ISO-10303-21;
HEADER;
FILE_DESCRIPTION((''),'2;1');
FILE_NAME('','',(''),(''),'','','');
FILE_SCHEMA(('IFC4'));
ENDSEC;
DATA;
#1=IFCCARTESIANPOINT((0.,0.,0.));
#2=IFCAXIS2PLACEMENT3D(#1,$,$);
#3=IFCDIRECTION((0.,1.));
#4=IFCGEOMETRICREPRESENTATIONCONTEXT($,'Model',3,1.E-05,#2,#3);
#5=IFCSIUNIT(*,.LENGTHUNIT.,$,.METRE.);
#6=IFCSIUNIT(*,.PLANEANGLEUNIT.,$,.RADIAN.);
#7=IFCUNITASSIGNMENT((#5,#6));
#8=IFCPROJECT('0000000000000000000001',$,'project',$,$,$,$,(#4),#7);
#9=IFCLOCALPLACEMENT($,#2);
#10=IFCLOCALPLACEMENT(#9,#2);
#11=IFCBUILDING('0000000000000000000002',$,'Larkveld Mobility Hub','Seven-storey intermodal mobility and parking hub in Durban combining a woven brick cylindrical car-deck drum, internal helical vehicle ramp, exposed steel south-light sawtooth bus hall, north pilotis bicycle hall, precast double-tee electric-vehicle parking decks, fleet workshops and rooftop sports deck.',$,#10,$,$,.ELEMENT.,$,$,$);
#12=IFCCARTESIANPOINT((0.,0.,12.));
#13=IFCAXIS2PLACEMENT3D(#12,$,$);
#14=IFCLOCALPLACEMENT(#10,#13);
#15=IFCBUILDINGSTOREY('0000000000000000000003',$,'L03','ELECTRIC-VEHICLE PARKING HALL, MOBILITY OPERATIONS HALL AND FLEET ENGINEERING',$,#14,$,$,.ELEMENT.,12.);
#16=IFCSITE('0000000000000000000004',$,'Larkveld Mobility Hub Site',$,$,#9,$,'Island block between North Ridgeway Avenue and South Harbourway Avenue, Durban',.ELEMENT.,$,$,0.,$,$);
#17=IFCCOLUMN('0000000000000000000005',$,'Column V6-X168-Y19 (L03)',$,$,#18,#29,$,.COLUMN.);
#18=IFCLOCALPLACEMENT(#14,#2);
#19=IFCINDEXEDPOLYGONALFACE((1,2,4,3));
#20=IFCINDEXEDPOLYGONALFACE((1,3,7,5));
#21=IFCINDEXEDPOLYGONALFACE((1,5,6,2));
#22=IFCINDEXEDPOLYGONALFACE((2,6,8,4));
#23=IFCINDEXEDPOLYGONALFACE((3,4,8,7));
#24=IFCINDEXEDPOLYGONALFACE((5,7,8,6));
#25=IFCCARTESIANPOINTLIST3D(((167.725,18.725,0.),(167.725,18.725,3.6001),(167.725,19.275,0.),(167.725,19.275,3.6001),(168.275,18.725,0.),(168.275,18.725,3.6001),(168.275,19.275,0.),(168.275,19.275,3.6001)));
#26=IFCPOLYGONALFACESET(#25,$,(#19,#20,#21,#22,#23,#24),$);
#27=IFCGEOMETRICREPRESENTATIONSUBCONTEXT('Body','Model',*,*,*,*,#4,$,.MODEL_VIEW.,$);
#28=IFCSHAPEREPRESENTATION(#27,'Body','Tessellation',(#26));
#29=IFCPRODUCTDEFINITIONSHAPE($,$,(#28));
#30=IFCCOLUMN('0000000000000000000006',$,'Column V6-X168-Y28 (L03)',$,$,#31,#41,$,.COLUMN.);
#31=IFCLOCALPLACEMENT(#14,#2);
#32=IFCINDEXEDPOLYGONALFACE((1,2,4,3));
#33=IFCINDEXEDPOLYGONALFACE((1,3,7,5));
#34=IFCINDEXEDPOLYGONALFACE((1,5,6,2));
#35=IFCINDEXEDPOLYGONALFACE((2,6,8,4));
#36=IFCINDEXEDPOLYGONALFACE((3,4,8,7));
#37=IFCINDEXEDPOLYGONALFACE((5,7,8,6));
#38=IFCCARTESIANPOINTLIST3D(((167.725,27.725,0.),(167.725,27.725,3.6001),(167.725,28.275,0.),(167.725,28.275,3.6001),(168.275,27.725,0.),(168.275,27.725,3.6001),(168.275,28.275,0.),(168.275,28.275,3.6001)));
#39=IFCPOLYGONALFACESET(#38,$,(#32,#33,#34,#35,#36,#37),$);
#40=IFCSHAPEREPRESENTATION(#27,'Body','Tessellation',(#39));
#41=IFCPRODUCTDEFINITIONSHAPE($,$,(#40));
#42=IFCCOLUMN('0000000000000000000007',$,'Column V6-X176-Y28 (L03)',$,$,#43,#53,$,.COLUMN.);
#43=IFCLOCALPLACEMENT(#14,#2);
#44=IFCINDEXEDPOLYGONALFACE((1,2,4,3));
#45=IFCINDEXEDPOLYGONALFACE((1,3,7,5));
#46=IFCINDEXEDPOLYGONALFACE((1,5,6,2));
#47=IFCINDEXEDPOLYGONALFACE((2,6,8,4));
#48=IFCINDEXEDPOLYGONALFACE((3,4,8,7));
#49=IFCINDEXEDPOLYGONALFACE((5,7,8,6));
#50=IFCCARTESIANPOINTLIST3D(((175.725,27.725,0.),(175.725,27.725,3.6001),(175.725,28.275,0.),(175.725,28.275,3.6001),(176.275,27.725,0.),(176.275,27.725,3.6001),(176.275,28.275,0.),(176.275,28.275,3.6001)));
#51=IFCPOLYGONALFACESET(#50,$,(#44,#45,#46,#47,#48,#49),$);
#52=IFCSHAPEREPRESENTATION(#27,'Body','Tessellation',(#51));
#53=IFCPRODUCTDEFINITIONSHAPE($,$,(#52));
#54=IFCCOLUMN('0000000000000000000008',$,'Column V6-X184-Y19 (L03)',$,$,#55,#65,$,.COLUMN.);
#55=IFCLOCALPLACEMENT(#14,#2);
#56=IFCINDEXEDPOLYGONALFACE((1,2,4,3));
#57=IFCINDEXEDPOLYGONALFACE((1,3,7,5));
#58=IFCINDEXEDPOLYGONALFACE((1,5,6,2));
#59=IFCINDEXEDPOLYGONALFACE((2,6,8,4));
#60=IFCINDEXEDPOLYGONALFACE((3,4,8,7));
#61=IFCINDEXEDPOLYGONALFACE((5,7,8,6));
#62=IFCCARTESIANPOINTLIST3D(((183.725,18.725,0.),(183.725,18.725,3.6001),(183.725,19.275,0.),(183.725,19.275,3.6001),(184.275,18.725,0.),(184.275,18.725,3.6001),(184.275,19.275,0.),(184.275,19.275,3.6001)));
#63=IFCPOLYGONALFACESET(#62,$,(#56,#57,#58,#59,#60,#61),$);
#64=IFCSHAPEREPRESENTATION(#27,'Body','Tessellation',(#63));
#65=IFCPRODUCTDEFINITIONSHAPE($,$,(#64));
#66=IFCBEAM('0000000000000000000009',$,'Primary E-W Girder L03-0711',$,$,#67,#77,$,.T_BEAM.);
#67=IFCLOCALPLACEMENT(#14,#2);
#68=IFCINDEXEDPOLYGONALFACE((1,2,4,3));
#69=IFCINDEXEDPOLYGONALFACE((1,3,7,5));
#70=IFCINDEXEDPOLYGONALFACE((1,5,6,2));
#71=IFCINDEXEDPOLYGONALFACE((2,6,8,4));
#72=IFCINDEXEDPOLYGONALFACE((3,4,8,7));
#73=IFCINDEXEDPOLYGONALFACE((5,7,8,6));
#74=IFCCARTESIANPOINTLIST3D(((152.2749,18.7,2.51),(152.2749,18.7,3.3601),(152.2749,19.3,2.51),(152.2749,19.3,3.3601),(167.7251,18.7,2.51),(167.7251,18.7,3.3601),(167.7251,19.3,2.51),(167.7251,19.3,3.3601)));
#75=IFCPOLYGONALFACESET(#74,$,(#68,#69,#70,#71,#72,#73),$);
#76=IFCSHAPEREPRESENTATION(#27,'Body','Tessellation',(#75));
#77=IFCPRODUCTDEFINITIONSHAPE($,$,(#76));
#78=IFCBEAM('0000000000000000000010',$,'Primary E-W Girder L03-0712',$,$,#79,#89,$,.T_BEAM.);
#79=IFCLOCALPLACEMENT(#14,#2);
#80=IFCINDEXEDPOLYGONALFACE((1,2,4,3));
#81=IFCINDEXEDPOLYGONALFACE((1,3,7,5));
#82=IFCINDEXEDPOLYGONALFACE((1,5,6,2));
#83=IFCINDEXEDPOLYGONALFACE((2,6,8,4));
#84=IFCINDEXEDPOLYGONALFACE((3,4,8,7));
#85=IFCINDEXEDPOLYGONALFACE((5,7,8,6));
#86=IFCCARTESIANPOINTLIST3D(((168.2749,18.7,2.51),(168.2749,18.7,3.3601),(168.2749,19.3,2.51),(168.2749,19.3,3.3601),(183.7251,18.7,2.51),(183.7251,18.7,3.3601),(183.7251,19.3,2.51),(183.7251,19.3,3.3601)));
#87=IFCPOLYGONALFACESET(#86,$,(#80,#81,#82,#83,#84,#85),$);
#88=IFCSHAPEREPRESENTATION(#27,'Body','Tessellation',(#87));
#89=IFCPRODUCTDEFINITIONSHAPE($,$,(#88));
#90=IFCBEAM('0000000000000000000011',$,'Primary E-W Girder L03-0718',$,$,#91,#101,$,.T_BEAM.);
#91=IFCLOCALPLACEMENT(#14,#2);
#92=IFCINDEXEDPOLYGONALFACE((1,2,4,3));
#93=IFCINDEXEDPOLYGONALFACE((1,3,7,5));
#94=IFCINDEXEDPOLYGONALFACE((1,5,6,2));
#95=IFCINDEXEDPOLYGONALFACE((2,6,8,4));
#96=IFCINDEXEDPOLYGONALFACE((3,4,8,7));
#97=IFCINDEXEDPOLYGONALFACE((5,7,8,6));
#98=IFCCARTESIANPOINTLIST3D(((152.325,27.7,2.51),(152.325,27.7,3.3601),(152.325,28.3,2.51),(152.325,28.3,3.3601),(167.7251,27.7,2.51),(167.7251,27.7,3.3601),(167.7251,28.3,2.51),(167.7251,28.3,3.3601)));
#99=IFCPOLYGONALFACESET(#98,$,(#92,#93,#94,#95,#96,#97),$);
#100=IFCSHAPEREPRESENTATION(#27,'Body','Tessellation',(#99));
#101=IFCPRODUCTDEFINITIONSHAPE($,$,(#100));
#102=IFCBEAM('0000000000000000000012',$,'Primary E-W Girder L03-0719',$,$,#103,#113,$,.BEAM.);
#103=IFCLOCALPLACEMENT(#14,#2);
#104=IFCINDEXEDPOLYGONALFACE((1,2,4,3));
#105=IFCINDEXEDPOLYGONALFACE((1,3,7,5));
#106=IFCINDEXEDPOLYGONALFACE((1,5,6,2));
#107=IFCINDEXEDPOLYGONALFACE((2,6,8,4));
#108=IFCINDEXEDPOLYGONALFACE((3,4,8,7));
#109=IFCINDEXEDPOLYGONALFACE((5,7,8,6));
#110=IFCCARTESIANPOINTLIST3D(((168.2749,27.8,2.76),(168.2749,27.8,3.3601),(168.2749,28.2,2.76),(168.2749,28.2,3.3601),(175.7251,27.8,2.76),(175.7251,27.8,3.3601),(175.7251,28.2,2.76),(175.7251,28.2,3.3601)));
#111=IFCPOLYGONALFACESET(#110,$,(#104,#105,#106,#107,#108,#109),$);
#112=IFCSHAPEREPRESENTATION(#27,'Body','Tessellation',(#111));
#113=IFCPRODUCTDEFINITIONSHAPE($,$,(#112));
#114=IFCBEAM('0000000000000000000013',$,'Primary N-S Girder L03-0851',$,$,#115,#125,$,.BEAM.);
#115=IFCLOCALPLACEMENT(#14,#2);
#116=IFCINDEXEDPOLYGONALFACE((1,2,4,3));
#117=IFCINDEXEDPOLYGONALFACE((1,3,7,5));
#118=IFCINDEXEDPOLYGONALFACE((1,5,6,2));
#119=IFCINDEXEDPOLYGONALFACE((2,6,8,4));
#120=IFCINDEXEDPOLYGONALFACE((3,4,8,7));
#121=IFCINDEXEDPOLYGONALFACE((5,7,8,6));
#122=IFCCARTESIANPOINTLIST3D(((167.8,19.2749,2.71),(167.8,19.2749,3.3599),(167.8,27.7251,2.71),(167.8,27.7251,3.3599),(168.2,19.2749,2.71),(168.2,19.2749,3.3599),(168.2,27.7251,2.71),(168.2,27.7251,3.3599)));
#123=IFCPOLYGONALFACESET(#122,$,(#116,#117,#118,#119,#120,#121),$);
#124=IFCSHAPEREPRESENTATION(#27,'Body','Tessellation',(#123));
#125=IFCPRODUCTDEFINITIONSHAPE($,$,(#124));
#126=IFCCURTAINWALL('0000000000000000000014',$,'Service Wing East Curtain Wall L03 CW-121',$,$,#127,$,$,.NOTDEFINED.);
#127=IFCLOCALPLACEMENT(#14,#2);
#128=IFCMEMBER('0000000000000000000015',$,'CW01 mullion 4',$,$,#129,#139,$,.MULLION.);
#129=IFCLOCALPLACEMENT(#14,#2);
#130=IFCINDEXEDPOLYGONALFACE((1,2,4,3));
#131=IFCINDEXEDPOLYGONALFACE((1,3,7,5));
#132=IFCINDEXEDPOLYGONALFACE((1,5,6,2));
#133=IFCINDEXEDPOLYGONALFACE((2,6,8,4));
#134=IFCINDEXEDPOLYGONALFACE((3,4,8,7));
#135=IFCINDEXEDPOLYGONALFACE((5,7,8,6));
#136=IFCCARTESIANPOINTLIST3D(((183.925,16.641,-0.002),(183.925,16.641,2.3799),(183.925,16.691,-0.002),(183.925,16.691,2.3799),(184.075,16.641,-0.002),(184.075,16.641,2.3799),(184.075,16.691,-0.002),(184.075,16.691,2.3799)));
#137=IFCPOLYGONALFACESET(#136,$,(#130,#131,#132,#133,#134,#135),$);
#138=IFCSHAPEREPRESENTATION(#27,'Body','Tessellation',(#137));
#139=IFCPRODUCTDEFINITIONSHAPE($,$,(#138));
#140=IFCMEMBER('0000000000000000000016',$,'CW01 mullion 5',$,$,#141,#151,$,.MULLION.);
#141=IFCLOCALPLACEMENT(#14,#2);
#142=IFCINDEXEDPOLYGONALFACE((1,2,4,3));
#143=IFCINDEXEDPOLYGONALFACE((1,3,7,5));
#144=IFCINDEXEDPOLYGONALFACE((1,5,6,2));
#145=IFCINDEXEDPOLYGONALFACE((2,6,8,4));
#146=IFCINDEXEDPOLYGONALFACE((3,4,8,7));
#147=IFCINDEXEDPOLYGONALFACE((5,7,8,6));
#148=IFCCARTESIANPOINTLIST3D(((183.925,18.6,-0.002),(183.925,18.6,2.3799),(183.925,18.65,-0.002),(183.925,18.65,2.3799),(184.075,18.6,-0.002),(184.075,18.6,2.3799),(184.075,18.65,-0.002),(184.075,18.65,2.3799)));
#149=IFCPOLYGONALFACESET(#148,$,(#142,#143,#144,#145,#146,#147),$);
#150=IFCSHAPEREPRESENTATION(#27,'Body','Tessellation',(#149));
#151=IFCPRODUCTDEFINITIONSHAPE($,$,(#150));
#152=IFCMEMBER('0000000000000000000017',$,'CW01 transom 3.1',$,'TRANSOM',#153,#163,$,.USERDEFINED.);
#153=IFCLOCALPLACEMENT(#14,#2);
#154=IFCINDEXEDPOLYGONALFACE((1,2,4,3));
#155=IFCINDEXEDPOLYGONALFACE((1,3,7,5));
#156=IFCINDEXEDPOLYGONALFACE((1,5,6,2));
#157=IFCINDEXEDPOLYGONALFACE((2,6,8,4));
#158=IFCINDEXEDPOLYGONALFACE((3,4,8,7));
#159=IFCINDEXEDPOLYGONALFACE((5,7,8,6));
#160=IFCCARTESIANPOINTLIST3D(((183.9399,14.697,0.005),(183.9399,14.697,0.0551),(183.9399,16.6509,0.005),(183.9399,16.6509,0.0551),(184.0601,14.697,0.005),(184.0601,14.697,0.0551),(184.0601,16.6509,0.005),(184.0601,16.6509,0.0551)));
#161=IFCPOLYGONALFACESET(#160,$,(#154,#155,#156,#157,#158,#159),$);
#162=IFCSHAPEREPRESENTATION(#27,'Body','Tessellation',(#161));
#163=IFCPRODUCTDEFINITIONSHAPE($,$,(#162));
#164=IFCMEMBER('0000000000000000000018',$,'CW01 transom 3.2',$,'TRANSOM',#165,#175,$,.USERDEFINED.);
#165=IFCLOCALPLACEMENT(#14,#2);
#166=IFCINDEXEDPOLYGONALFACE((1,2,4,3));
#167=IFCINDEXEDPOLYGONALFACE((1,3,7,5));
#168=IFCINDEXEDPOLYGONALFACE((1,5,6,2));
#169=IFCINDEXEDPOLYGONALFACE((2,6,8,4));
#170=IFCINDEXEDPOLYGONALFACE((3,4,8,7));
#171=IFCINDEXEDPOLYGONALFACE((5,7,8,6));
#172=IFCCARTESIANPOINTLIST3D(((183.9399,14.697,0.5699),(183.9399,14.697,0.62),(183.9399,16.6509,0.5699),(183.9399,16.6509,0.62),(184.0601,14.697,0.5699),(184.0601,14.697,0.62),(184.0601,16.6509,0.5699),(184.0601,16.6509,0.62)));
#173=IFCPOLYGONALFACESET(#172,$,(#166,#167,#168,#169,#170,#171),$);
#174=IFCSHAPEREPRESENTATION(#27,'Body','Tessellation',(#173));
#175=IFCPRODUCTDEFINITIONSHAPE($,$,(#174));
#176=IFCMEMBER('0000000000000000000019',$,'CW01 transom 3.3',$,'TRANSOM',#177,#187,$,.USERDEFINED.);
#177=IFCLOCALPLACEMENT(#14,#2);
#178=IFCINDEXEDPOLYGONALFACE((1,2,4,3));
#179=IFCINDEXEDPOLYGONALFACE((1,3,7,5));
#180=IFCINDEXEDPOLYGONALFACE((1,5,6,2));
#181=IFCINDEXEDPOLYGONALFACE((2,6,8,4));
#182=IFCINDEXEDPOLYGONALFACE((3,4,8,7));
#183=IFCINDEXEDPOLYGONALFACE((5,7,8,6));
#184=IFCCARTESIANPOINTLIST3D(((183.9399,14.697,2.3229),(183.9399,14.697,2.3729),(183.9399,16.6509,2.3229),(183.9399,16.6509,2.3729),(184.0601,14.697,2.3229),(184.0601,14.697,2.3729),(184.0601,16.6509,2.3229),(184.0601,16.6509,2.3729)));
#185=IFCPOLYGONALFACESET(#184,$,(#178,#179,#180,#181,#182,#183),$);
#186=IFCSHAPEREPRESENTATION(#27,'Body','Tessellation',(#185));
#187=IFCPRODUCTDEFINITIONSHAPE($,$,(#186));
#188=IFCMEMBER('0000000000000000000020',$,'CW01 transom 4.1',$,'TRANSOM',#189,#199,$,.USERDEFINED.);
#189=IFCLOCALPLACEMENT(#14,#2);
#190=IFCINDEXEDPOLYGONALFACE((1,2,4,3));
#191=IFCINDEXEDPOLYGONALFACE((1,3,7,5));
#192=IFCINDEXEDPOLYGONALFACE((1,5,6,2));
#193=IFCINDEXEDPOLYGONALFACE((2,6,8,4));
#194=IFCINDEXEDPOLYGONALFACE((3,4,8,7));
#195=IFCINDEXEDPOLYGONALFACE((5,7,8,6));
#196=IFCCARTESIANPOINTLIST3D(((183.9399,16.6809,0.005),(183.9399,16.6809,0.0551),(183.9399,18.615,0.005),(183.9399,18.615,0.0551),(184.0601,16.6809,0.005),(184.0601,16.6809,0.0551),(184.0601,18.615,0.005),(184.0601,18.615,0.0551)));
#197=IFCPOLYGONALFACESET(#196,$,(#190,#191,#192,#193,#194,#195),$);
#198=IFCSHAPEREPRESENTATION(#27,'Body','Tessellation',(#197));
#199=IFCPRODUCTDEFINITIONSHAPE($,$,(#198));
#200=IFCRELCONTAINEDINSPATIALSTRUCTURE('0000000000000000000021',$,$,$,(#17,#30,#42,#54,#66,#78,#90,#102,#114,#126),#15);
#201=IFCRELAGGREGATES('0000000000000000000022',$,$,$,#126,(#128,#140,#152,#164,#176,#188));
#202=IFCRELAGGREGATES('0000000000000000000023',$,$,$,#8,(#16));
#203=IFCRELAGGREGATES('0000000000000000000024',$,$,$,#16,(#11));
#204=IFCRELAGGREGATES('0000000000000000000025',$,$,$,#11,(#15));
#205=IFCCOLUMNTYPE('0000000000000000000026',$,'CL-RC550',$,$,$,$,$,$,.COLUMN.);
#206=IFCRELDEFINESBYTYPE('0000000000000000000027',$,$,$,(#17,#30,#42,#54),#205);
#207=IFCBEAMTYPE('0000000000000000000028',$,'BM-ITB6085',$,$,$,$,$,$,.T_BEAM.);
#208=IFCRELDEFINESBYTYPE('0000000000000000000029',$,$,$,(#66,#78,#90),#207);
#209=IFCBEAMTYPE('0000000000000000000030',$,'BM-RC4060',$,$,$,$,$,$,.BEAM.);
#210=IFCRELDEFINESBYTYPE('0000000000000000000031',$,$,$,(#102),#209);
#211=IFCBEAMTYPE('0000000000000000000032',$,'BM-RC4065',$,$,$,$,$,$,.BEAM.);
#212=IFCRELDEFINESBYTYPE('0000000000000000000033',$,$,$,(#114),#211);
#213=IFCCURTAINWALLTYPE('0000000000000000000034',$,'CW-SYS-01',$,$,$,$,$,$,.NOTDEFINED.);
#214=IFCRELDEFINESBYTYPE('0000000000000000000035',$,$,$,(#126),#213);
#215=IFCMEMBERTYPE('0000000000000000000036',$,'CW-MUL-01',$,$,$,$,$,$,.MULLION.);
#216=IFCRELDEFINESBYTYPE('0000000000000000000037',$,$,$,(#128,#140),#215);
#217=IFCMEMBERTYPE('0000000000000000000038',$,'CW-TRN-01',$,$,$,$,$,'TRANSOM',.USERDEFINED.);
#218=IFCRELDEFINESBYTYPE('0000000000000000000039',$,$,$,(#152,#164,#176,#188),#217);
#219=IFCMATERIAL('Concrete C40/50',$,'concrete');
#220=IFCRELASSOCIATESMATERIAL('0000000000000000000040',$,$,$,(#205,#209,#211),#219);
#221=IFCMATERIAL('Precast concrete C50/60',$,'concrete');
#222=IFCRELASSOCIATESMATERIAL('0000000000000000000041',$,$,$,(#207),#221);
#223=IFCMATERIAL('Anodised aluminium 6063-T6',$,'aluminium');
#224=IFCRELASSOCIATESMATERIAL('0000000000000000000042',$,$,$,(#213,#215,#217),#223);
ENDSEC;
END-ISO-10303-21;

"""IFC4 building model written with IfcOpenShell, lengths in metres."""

from ifc_helpers import new_model, si_unit, direction, frame, origin, origin_2d, place, context, subcontext, project, spatial, rectangle, extrude, material, material_profile, profile_set, type_object, element, aggregate, save


model = new_model("IFC4")

# Units and contexts
model_context = context("Model", 3, precision=1e-05, world=origin(), true_north=direction((0.0, 1.0)))
body_context = subcontext(model_context, "Body", "Model", "MODEL_VIEW")
ifc_project = project(units=[si_unit("LENGTHUNIT", "METRE"), si_unit("PLANEANGLEUNIT", "RADIAN")], contexts=[model_context])

# Site, building, storey
site_placement = place(None, origin())
site = spatial("IfcSite", under=ifc_project, at=site_placement, Name="Larkveld Mobility Hub Site", LongName="Island block between North Ridgeway Avenue and South Harbourway Avenue, Durban", CompositionType="ELEMENT", RefElevation=0.0)
building_placement = place(site_placement, origin())
building = spatial("IfcBuilding", under=site, at=building_placement, Name="Larkveld Mobility Hub", Description="Seven-storey intermodal mobility and parking hub in Durban combining a woven brick cylindrical car-deck drum, internal helical vehicle ramp, exposed steel south-light sawtooth bus hall, north pilotis bicycle hall, precast double-tee electric-vehicle parking decks, fleet workshops and rooftop sports deck.", CompositionType="ELEMENT")
storey_placement = place(building_placement, frame((0.0, 0.0, 12.0)))
storey = spatial("IfcBuildingStorey", under=building, at=storey_placement, Name="L03", Description="ELECTRIC-VEHICLE PARKING HALL, MOBILITY OPERATIONS HALL AND FLEET ENGINEERING", CompositionType="ELEMENT", Elevation=12.0)

# Columns
ifc_material_1 = material(Name="Concrete C40/50", Category="concrete")
ifc_material_profile_1 = material_profile(ifc_material_1, rectangle(XDim=0.55, YDim=0.55, at=origin_2d()), Name="RC COL 550x550")
ifc_profile_set_1 = profile_set([ifc_material_profile_1], Name="Concrete C40/50")
column_type = type_object("IfcColumnType", Name="CL-RC550", PredefinedType="COLUMN", material=ifc_profile_set_1)
for number, where, z_axis, x_axis, name in (
    (1, (168.0, 19.0, 0.0), (0.0, 0.0, 1.0), (1.0, 0.0, 0.0), "Column V6-X168-Y19 (L03)"),
    (2, (168.0, 28.0, 0.0), (0.0, 0.0, 1.0), (1.0, 0.0, 0.0), "Column V6-X168-Y28 (L03)"),
    (3, (176.0, 28.0, 0.0), (0.0, 0.0, 1.0), (1.0, 0.0, 0.0), "Column V6-X176-Y28 (L03)"),
    (4, (184.0, 19.0, 0.0), (0.0, 0.0, 1.0), (1.0, 0.0, 0.0), "Column V6-X184-Y19 (L03)"),
):
    element("IfcColumn", number, at=place(storey_placement, frame(where, z_axis=z_axis, x_axis=x_axis)), inside=storey, type_object=column_type, Name=name, PredefinedType="COLUMN", context=body_context, shape_type="SweptSolid", body=[
        extrude(rectangle(XDim=0.55, YDim=0.55, at=origin_2d()), origin(), (0.0, 0.0, 1.0), 3.6001),
    ])

# Beams
ifc_material_2 = material(Name="Precast concrete C50/60", Category="concrete")
ifc_material_profile_2 = material_profile(ifc_material_2, rectangle(XDim=0.6001, YDim=0.8501, at=origin_2d()), Name="PC ITB 600x850")
ifc_profile_set_2 = profile_set([ifc_material_profile_2], Name="Precast concrete C50/60")
beam_type_1 = type_object("IfcBeamType", Name="BM-ITB6085", PredefinedType="T_BEAM", material=ifc_profile_set_2)
for number, where, z_axis, x_axis, name in (
    (5, (152.2749, 19.0, 2.9351), (1.0, 0.0, 0.0), (0.0, 1.0, 0.0), "Primary E-W Girder L03-0711"),
    (6, (168.2749, 19.0, 2.9351), (1.0, 0.0, 0.0), (0.0, 1.0, 0.0), "Primary E-W Girder L03-0712"),
):
    element("IfcBeam", number, at=place(storey_placement, frame(where, z_axis=z_axis, x_axis=x_axis)), inside=storey, type_object=beam_type_1, Name=name, PredefinedType="T_BEAM", context=body_context, shape_type="SweptSolid", body=[
        extrude(rectangle(XDim=0.6001, YDim=0.8501, at=origin_2d()), origin(), (0.0, 0.0, 1.0), 15.4502),
    ])
beam_1_placement = place(storey_placement, frame((152.325, 28.0, 2.9351), z_axis=(1.0, 0.0, 0.0), x_axis=(0.0, 1.0, 0.0)))
element("IfcBeam", 7, at=beam_1_placement, inside=storey, type_object=beam_type_1, Name="Primary E-W Girder L03-0718", PredefinedType="T_BEAM", context=body_context, shape_type="SweptSolid", body=[
    extrude(rectangle(XDim=0.6001, YDim=0.8501, at=origin_2d()), origin(), (0.0, 0.0, 1.0), 15.4001),
])
ifc_material_profile_3 = material_profile(ifc_material_1, rectangle(XDim=0.3999, YDim=0.6001, at=origin_2d()), Name="RC BM 400x600")
ifc_profile_set_3 = profile_set([ifc_material_profile_3], Name="Concrete C40/50")
beam_type_2 = type_object("IfcBeamType", Name="BM-RC4060", PredefinedType="BEAM", material=ifc_profile_set_3)
beam_2_placement = place(storey_placement, frame((168.2749, 28.0, 3.0601), z_axis=(1.0, 0.0, 0.0), x_axis=(0.0, 1.0, 0.0)))
element("IfcBeam", 8, at=beam_2_placement, inside=storey, type_object=beam_type_2, Name="Primary E-W Girder L03-0719", PredefinedType="BEAM", context=body_context, shape_type="SweptSolid", body=[
    extrude(rectangle(XDim=0.3999, YDim=0.6001, at=origin_2d()), origin(), (0.0, 0.0, 1.0), 7.4502),
])
ifc_material_profile_4 = material_profile(ifc_material_1, rectangle(XDim=0.3999, YDim=0.6499, at=origin_2d()), Name="RC BM 400x650")
ifc_profile_set_4 = profile_set([ifc_material_profile_4], Name="Concrete C40/50")
beam_type_3 = type_object("IfcBeamType", Name="BM-RC4065", PredefinedType="BEAM", material=ifc_profile_set_4)
beam_3_placement = place(storey_placement, frame((168.0, 19.2749, 3.0349), z_axis=(0.0, 1.0, 0.0), x_axis=(-1.0, 0.0, 0.0)))
element("IfcBeam", 9, at=beam_3_placement, inside=storey, type_object=beam_type_3, Name="Primary N-S Girder L03-0851", PredefinedType="BEAM", context=body_context, shape_type="SweptSolid", body=[
    extrude(rectangle(XDim=0.3999, YDim=0.6499, at=origin_2d()), origin(), (0.0, 0.0, 1.0), 8.4502),
])

# Curtain wall, members
ifc_material_3 = material(Name="Anodised aluminium 6063-T6", Category="aluminium")
curtain_wall_type = type_object("IfcCurtainWallType", Name="CW-SYS-01", PredefinedType="NOTDEFINED", material=ifc_material_3)
curtain_wall_placement = place(storey_placement, origin())
curtain_wall = element("IfcCurtainWall", 10, at=curtain_wall_placement, inside=storey, type_object=curtain_wall_type, Name="Service Wing East Curtain Wall L03 CW-121", PredefinedType="NOTDEFINED")
ifc_material_profile_5 = material_profile(ifc_material_3, rectangle(XDim=0.05, YDim=0.1499, at=origin_2d()), Name="ALU MULL 50x150")
ifc_profile_set_5 = profile_set([ifc_material_profile_5], Name="Anodised aluminium 6063-T6")
member_type_1 = type_object("IfcMemberType", Name="CW-MUL-01", PredefinedType="MULLION", material=ifc_profile_set_5)
member_1_placement = place(storey_placement, frame((184.0, 16.666, -0.002), z_axis=(0.0, 0.0, 1.0), x_axis=(0.0, 1.0, 0.0)))
member_1 = element("IfcMember", 11, at=member_1_placement, type_object=member_type_1, Name="CW01 mullion 4", PredefinedType="MULLION", context=body_context, shape_type="SweptSolid", body=[
    extrude(rectangle(XDim=0.05, YDim=0.1499, at=origin_2d()), origin(), (0.0, 0.0, 1.0), 2.3818),
])
member_2_placement = place(storey_placement, frame((184.0, 18.625, -0.002), z_axis=(0.0, 0.0, 1.0), x_axis=(0.0, 1.0, 0.0)))
member_2 = element("IfcMember", 12, at=member_2_placement, type_object=member_type_1, Name="CW01 mullion 5", PredefinedType="MULLION", context=body_context, shape_type="SweptSolid", body=[
    extrude(rectangle(XDim=0.05, YDim=0.1499, at=origin_2d()), origin(), (0.0, 0.0, 1.0), 2.3818),
])
ifc_material_profile_6 = material_profile(ifc_material_3, rectangle(XDim=0.1201, YDim=0.05, at=origin_2d()), Name="ALU TRAN 50x120")
ifc_profile_set_6 = profile_set([ifc_material_profile_6], Name="Anodised aluminium 6063-T6")
member_type_2 = type_object("IfcMemberType", Name="CW-TRN-01", ElementType="TRANSOM", PredefinedType="USERDEFINED", material=ifc_profile_set_6)
member_3_placement = place(storey_placement, frame((184.0, 14.697, 0.03), z_axis=(0.0, 1.0, 0.0), x_axis=(-1.0, 0.0, 0.0)))
member_3 = element("IfcMember", 13, at=member_3_placement, type_object=member_type_2, Name="CW01 transom 3.1", ObjectType="TRANSOM", PredefinedType="USERDEFINED", context=body_context, shape_type="SweptSolid", body=[
    extrude(rectangle(XDim=0.1201, YDim=0.05, at=origin_2d()), origin(), (0.0, 0.0, 1.0), 1.9539),
])
member_4_placement = place(storey_placement, frame((184.0, 14.697, 0.595), z_axis=(0.0, 1.0, 0.0), x_axis=(-1.0, 0.0, 0.0)))
member_4 = element("IfcMember", 14, at=member_4_placement, type_object=member_type_2, Name="CW01 transom 3.2", ObjectType="TRANSOM", PredefinedType="USERDEFINED", context=body_context, shape_type="SweptSolid", body=[
    extrude(rectangle(XDim=0.1201, YDim=0.05, at=origin_2d()), origin(), (0.0, 0.0, 1.0), 1.9539),
])
member_5_placement = place(storey_placement, frame((184.0, 14.697, 2.3479), z_axis=(0.0, 1.0, 0.0), x_axis=(-1.0, 0.0, 0.0)))
member_5 = element("IfcMember", 15, at=member_5_placement, type_object=member_type_2, Name="CW01 transom 3.3", ObjectType="TRANSOM", PredefinedType="USERDEFINED", context=body_context, shape_type="SweptSolid", body=[
    extrude(rectangle(XDim=0.1201, YDim=0.05, at=origin_2d()), origin(), (0.0, 0.0, 1.0), 1.9539),
])
member_6_placement = place(storey_placement, frame((184.0, 16.6809, 0.03), z_axis=(0.0, 1.0, 0.0), x_axis=(-1.0, 0.0, 0.0)))
member_6 = element("IfcMember", 16, at=member_6_placement, type_object=member_type_2, Name="CW01 transom 4.1", ObjectType="TRANSOM", PredefinedType="USERDEFINED", context=body_context, shape_type="SweptSolid", body=[
    extrude(rectangle(XDim=0.1201, YDim=0.05, at=origin_2d()), origin(), (0.0, 0.0, 1.0), 1.9341),
])
aggregate(curtain_wall, [member_1, member_2, member_3, member_4, member_5, member_6])

save(model, "model.ifc")
